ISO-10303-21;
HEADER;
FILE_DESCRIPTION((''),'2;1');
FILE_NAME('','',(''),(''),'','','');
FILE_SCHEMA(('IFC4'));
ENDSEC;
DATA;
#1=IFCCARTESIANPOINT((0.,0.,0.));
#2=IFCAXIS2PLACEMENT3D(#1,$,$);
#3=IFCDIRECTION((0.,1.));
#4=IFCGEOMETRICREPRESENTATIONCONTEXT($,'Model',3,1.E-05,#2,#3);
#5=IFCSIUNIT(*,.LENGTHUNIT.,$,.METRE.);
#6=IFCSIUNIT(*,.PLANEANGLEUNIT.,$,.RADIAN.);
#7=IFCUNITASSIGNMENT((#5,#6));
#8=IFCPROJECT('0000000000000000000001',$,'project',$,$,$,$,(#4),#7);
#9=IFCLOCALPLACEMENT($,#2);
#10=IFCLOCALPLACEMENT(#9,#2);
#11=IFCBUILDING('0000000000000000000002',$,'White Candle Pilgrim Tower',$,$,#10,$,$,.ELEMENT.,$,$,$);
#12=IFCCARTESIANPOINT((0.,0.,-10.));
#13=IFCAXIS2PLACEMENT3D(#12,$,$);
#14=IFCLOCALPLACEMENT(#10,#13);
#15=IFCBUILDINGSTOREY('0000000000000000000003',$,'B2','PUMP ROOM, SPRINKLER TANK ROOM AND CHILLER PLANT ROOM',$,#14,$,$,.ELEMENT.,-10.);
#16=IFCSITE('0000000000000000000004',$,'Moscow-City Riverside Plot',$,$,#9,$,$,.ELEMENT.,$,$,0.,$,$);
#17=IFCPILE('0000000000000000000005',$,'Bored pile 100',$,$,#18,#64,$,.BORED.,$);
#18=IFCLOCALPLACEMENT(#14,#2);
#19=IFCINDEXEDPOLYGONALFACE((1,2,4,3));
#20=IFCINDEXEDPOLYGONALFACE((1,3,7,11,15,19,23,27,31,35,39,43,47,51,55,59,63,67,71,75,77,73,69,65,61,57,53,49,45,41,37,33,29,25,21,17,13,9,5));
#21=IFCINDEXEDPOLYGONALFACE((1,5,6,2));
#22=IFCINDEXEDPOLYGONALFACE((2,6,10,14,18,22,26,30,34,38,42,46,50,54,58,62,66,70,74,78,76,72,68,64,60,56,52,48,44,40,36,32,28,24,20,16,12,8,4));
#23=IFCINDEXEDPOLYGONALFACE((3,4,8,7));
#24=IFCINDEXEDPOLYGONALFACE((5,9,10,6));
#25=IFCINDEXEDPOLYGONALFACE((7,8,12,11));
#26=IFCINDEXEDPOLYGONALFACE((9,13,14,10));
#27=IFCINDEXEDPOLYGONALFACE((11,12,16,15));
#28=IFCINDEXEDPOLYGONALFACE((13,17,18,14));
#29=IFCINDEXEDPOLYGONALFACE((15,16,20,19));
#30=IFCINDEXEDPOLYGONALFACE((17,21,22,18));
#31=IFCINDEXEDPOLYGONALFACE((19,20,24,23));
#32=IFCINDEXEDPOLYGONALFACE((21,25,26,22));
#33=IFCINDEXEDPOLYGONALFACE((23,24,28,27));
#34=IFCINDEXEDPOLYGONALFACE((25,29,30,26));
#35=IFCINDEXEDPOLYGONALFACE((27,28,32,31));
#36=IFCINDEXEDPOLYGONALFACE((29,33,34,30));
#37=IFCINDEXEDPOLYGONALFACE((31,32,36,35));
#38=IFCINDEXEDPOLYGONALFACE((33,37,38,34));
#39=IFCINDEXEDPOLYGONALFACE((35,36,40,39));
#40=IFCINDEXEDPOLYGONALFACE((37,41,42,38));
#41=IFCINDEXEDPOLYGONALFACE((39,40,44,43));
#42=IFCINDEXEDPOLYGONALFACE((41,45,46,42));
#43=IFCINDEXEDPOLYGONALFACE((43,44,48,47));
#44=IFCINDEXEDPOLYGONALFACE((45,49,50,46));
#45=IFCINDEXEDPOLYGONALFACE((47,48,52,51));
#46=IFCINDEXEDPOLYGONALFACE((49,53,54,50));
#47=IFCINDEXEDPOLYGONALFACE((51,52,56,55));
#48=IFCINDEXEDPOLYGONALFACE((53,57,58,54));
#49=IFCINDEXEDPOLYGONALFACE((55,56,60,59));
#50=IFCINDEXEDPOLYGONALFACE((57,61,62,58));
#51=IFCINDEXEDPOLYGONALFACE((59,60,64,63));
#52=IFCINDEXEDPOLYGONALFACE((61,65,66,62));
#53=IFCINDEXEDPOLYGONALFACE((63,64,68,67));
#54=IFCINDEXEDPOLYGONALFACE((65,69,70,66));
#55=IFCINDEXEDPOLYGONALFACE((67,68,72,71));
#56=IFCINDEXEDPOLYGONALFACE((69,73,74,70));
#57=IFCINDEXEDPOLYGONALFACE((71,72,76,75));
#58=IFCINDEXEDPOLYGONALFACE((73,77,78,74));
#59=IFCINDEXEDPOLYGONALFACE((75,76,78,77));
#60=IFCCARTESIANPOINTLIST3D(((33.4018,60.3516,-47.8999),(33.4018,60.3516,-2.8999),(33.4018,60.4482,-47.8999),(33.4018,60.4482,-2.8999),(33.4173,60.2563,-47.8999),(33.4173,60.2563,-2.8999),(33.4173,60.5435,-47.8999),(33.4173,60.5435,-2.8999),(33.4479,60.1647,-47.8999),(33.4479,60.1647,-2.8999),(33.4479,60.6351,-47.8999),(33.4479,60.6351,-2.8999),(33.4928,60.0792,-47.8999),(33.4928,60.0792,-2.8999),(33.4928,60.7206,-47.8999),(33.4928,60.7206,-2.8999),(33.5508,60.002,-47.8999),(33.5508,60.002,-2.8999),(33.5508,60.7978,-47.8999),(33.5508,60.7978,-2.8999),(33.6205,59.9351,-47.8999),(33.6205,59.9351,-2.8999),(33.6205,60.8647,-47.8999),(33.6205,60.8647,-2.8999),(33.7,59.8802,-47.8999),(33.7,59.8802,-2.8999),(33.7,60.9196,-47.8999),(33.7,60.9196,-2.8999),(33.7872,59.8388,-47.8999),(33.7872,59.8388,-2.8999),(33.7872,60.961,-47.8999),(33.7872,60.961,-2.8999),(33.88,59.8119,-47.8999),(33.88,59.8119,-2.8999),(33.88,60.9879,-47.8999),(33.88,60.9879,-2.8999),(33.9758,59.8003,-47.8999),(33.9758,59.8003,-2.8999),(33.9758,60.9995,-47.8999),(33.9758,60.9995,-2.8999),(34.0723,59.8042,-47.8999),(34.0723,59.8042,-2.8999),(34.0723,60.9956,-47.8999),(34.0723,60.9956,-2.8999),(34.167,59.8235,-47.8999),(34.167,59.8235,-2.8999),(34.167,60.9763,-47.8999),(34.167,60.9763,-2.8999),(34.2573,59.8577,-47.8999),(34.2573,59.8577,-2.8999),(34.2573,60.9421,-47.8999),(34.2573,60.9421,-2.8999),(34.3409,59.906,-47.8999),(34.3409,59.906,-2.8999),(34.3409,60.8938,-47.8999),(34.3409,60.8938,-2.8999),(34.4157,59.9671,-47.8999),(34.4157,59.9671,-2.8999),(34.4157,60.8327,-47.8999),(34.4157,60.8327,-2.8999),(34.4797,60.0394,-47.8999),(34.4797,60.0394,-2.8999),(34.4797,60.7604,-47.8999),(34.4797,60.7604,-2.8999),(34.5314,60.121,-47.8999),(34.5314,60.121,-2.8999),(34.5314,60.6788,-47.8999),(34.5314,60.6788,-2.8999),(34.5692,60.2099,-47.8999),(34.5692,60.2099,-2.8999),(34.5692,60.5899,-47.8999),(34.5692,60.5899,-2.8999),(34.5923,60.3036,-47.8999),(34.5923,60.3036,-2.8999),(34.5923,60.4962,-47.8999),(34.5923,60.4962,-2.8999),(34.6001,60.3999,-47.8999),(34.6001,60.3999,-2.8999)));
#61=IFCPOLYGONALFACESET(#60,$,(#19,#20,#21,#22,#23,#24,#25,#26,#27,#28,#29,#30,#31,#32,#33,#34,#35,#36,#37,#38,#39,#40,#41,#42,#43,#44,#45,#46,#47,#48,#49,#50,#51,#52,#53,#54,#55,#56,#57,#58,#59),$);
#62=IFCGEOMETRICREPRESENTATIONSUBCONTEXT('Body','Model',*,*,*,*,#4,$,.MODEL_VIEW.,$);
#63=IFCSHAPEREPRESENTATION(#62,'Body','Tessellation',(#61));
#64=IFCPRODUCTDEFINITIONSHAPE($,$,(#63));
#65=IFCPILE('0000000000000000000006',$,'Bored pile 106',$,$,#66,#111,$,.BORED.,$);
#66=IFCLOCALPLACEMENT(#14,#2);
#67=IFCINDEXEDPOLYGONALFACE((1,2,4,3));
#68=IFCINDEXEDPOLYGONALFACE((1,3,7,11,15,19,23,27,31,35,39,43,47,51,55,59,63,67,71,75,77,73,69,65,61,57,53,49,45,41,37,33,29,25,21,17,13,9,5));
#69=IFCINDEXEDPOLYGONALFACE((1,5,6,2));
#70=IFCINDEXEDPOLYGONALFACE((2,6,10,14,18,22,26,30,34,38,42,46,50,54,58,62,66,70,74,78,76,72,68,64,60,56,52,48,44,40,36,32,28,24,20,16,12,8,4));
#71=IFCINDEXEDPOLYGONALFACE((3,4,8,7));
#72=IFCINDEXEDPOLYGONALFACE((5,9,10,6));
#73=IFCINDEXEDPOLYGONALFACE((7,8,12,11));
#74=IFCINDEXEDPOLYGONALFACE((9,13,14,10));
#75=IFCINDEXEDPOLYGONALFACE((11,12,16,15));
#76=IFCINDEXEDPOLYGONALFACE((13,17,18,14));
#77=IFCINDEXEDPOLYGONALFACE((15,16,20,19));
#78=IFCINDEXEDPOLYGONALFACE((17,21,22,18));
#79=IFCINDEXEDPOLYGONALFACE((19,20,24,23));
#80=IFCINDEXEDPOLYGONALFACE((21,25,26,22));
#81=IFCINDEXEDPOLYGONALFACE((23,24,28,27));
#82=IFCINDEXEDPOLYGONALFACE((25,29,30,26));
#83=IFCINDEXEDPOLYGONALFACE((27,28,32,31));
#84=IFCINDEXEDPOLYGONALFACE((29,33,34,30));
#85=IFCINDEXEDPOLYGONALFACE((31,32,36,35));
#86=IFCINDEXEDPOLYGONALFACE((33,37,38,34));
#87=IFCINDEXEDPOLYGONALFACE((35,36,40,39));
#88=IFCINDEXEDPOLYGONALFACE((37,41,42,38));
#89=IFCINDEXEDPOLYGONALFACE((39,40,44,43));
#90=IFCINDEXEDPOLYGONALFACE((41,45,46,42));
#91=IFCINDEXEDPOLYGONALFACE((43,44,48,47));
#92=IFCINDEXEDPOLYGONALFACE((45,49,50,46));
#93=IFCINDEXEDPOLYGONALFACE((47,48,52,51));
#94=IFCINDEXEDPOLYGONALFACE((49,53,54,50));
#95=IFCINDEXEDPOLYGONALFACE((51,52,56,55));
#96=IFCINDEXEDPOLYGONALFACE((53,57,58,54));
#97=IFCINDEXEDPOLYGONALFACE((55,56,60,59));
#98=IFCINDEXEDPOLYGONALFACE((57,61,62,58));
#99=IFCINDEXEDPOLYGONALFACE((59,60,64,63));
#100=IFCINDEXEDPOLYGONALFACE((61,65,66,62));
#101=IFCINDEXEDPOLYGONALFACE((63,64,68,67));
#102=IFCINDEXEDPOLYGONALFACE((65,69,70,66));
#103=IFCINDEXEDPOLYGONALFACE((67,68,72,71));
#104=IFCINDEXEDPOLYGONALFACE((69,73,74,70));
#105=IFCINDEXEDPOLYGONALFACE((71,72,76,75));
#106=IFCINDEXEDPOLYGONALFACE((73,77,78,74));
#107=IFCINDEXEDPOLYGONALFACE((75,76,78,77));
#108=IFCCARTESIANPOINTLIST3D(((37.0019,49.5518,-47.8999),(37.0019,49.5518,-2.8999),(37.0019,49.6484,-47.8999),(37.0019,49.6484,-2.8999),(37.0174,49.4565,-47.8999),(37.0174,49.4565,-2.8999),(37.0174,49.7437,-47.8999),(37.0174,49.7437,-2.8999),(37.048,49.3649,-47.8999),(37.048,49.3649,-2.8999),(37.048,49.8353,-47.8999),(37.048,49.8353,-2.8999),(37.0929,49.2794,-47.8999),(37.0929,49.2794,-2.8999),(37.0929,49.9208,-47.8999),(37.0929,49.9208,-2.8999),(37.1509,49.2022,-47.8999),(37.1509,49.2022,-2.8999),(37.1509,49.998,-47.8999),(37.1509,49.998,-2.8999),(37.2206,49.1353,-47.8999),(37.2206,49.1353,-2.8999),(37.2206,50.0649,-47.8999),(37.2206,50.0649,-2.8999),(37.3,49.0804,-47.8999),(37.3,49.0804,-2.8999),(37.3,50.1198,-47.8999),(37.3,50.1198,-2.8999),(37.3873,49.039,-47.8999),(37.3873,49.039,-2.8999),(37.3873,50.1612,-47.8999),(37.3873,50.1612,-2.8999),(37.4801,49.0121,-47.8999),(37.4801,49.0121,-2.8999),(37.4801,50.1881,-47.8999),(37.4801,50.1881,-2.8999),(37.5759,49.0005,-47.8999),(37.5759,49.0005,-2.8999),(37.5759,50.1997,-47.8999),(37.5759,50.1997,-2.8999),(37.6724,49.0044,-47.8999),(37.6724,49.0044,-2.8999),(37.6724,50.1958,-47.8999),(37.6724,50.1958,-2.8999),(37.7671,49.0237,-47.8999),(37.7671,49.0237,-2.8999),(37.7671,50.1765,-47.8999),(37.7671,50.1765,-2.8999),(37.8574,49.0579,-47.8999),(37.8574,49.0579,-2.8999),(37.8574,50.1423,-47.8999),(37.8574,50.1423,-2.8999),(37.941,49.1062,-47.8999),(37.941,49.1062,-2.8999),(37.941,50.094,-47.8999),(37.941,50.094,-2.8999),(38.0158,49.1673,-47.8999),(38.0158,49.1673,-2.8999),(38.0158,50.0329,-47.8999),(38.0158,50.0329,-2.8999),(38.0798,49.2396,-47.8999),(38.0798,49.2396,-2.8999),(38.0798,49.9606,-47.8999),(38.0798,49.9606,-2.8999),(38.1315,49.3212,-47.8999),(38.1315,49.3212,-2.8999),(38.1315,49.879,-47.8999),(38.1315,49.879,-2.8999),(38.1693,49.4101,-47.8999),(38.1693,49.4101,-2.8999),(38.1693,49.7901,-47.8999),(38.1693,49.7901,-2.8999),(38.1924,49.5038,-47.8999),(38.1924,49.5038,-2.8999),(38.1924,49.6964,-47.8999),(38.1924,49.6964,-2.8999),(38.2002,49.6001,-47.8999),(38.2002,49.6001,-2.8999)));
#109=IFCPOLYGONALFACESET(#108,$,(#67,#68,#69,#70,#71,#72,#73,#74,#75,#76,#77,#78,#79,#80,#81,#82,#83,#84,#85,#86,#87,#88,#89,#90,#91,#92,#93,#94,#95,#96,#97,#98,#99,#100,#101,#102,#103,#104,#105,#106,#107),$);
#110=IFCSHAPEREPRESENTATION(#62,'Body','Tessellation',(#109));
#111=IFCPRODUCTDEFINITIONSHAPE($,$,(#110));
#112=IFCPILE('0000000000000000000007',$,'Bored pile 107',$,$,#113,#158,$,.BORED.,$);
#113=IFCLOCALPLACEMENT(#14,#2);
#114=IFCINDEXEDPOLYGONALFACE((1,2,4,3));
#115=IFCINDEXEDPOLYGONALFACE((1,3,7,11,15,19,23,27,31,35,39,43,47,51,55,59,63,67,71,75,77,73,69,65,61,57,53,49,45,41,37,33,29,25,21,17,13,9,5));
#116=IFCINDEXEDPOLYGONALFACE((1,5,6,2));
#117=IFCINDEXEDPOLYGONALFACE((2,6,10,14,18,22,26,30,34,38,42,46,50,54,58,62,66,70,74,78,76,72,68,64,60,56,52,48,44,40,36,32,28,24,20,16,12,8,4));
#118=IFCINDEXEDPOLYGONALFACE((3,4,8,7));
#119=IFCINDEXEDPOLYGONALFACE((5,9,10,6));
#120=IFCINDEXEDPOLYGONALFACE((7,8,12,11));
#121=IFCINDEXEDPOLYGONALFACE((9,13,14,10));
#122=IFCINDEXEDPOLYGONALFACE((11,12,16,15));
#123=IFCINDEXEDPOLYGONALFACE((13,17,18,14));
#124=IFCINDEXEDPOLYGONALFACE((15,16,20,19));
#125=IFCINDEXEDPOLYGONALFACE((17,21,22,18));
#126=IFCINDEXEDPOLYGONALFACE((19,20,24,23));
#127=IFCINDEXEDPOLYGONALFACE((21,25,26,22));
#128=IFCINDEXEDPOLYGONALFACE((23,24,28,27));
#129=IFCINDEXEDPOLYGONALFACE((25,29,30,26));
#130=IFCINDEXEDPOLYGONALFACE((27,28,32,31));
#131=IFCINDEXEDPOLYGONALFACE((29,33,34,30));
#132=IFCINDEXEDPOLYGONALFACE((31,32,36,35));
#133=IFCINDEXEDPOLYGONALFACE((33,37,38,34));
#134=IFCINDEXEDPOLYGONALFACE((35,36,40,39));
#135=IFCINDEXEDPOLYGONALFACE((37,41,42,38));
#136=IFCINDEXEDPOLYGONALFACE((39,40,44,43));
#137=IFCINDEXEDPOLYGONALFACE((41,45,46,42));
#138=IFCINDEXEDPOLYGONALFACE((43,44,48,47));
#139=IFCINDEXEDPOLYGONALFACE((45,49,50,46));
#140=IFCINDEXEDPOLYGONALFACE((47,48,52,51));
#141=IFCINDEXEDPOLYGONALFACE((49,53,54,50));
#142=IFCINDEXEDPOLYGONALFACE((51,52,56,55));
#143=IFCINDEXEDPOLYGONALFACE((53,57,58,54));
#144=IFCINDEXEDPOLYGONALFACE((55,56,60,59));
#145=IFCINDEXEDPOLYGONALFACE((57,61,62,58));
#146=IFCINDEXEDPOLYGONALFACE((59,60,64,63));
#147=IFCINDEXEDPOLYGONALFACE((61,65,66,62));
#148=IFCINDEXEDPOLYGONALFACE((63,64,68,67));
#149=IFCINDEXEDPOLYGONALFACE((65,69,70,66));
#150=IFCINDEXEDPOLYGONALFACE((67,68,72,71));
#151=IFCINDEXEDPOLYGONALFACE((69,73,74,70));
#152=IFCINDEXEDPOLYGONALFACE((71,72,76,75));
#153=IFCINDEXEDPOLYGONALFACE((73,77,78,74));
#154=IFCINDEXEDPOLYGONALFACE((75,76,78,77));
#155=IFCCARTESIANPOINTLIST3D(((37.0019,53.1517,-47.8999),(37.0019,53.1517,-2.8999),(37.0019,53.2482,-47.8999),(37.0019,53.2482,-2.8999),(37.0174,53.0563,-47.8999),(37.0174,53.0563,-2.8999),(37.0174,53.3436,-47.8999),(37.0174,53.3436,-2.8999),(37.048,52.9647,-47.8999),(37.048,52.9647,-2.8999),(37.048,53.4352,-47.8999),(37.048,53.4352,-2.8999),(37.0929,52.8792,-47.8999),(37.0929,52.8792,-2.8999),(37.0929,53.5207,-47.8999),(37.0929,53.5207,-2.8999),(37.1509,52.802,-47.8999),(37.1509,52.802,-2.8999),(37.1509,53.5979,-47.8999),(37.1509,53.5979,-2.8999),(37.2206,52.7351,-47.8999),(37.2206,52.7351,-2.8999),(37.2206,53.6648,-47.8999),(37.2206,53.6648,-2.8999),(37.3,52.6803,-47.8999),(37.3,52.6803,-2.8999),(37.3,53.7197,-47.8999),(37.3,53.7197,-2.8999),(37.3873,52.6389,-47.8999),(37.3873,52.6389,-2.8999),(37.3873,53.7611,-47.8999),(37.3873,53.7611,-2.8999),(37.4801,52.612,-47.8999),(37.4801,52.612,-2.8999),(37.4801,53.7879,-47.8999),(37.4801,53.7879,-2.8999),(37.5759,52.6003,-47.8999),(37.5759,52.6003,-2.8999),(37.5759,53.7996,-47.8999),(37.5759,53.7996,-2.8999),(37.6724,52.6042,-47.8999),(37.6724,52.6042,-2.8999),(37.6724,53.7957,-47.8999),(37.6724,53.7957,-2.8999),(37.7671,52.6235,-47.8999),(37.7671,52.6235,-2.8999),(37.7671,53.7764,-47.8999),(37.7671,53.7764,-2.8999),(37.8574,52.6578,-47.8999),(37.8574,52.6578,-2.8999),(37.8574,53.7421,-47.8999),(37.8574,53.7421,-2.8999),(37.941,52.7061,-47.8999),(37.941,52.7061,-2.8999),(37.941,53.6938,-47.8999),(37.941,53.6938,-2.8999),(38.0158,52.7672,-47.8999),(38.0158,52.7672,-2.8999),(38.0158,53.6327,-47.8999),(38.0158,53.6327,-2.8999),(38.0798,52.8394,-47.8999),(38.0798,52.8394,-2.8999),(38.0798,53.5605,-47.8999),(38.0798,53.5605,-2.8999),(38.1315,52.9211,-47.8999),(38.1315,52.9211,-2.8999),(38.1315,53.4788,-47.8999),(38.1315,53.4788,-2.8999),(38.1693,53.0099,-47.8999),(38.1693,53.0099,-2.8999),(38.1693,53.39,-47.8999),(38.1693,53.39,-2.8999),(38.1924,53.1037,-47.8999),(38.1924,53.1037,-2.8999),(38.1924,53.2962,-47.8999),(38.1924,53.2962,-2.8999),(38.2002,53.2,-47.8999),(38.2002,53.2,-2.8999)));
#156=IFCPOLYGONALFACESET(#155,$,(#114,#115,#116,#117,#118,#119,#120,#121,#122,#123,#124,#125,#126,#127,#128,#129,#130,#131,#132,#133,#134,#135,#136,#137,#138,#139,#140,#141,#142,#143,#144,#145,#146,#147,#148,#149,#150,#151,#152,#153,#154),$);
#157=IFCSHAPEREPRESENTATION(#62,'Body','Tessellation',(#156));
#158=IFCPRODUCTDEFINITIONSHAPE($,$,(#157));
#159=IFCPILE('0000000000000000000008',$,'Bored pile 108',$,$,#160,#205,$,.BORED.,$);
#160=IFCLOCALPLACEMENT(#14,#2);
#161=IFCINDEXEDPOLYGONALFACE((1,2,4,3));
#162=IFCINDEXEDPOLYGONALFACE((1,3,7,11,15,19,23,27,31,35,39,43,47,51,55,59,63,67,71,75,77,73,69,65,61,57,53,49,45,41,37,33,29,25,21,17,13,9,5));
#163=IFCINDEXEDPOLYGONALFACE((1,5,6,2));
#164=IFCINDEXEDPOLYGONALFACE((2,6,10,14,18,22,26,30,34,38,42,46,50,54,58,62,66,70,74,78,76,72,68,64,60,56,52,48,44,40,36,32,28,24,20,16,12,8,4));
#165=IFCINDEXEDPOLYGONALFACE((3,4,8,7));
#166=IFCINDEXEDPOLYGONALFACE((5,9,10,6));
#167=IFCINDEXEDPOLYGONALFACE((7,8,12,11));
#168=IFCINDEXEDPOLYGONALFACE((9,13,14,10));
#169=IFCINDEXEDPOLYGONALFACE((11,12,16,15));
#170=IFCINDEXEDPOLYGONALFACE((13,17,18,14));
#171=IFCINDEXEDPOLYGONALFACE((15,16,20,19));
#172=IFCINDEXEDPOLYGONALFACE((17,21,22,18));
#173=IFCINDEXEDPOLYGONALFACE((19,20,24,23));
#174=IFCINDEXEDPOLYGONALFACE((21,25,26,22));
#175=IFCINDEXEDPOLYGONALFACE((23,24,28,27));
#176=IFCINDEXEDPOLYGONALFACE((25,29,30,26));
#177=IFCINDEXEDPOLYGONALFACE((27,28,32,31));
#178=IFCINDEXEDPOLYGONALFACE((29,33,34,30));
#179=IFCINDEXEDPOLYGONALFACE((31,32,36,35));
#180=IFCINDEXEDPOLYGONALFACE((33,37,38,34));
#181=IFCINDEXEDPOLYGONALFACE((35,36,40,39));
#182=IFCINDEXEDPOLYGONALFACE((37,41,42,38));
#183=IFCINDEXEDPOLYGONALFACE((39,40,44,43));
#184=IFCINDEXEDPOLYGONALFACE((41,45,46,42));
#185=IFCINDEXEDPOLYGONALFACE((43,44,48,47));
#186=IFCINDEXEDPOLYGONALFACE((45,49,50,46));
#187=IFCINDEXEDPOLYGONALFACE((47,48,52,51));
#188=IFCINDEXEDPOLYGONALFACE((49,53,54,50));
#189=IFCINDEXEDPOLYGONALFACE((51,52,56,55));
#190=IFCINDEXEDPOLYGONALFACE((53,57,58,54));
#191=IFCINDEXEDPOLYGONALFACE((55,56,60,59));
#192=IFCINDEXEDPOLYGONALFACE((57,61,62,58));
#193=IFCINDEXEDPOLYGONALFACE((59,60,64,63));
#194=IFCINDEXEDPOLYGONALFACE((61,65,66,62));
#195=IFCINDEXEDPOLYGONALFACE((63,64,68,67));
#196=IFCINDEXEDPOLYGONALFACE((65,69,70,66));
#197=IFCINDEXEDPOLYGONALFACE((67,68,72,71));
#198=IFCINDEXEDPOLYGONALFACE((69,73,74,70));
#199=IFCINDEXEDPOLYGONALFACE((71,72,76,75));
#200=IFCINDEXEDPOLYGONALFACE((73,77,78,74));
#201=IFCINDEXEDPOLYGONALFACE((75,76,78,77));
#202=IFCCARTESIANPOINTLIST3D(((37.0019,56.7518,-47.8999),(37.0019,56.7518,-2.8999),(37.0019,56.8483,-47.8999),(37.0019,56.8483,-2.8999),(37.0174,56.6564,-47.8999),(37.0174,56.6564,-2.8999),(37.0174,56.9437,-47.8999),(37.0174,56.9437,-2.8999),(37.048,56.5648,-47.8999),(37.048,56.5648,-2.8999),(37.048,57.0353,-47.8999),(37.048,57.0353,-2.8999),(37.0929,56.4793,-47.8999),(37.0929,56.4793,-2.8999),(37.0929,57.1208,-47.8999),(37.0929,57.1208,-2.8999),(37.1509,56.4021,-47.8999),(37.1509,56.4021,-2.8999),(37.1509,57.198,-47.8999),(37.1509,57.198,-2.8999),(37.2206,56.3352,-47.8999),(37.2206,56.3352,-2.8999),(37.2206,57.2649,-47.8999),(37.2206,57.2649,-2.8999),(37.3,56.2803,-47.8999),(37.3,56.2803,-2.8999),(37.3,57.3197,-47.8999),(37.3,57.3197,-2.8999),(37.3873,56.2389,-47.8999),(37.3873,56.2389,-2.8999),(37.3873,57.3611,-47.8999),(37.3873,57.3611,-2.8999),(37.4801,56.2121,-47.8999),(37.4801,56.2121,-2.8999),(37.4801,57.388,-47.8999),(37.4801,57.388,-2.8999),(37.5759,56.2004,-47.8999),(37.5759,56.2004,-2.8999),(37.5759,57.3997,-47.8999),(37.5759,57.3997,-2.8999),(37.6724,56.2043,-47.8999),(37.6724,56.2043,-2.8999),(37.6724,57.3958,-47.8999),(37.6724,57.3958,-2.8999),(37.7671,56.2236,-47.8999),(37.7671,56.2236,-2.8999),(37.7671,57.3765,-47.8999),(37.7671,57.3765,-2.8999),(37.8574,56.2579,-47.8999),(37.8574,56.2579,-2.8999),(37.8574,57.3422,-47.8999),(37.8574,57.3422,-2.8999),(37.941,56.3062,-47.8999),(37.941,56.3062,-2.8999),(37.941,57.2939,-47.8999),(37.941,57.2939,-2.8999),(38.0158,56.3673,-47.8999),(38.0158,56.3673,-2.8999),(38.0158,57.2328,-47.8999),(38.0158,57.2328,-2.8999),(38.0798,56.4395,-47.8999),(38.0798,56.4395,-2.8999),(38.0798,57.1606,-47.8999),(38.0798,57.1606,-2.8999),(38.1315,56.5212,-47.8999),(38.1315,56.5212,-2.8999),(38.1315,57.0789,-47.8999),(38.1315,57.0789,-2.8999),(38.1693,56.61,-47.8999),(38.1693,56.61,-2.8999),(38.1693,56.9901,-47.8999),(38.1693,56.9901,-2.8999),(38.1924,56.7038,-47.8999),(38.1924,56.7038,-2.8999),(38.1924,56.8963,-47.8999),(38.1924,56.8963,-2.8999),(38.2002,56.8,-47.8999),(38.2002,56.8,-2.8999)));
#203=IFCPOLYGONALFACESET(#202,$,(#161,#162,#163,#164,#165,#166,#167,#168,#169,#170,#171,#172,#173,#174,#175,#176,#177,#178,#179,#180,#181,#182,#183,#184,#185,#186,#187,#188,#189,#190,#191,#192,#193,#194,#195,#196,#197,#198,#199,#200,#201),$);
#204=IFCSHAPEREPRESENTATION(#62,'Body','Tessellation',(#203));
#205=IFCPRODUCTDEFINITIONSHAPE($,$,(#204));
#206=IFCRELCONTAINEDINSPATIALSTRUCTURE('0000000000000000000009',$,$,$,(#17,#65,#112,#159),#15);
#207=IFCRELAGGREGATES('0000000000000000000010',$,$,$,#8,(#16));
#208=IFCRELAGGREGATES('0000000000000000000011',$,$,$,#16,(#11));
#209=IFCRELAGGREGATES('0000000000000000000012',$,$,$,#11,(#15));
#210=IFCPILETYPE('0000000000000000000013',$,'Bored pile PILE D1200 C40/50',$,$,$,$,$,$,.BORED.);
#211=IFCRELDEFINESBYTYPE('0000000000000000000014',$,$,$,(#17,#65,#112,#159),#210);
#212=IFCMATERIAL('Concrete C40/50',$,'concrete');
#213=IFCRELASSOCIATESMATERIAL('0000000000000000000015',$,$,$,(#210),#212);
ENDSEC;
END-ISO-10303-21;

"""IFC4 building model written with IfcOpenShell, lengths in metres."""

from ifc_helpers import new_model, si_unit, direction, frame, origin, origin_2d, place, context, subcontext, project, spatial, circle, extrude, material, material_profile, profile_set, type_object, element, save


model = new_model("IFC4")

# Units and contexts
model_context = context("Model", 3, precision=1e-05, world=origin(), true_north=direction((0.0, 1.0)))
body_context = subcontext(model_context, "Body", "Model", "MODEL_VIEW")
ifc_project = project(units=[si_unit("LENGTHUNIT", "METRE"), si_unit("PLANEANGLEUNIT", "RADIAN")], contexts=[model_context])

# Site, building, storey
site_placement = place(None, origin())
site = spatial("IfcSite", under=ifc_project, at=site_placement, Name="Moscow-City Riverside Plot", CompositionType="ELEMENT", RefElevation=0.0)
building_placement = place(site_placement, origin())
building = spatial("IfcBuilding", under=site, at=building_placement, Name="White Candle Pilgrim Tower", CompositionType="ELEMENT")
storey_placement = place(building_placement, frame((0.0, 0.0, -10.0)))
storey = spatial("IfcBuildingStorey", under=building, at=storey_placement, Name="B2", Description="PUMP ROOM, SPRINKLER TANK ROOM AND CHILLER PLANT ROOM", CompositionType="ELEMENT", Elevation=-10.0)

# Piles
ifc_material_1 = material(Name="Concrete C40/50", Category="concrete")
ifc_material_profile_1 = material_profile(ifc_material_1, circle(Radius=0.6001, at=origin_2d()), Name="PILE D1200")
ifc_profile_set_1 = profile_set([ifc_material_profile_1], Name="Concrete C40/50")
pile_type_1 = type_object("IfcPileType", Name="Bored pile PILE D1200 C40/50", PredefinedType="BORED", material=ifc_profile_set_1)
for number, where, z_axis, x_axis, name in (
    (1, (34.0, 60.3999, -2.8999), (0.0, 0.0, -1.0), (1.0, 0.0, 0.0), "Bored pile 100"),
    (2, (37.6001, 49.6001, -2.8999), (0.0, 0.0, -1.0), (1.0, 0.0, 0.0), "Bored pile 106"),
    (3, (37.6001, 53.2, -2.8999), (0.0, 0.0, -1.0), (1.0, 0.0, 0.0), "Bored pile 107"),
    (4, (37.6001, 56.8, -2.8999), (0.0, 0.0, -1.0), (1.0, 0.0, 0.0), "Bored pile 108"),
):
    element("IfcPile", number, at=place(storey_placement, frame(where, z_axis=z_axis, x_axis=x_axis)), inside=storey, type_object=pile_type_1, Name=name, PredefinedType="BORED", context=body_context, shape_type="SweptSolid", body=[
        extrude(circle(Radius=0.6001, at=origin_2d()), origin(), (0.0, 0.0, 1.0), 45.0),
    ])

save(model, "model.ifc")
